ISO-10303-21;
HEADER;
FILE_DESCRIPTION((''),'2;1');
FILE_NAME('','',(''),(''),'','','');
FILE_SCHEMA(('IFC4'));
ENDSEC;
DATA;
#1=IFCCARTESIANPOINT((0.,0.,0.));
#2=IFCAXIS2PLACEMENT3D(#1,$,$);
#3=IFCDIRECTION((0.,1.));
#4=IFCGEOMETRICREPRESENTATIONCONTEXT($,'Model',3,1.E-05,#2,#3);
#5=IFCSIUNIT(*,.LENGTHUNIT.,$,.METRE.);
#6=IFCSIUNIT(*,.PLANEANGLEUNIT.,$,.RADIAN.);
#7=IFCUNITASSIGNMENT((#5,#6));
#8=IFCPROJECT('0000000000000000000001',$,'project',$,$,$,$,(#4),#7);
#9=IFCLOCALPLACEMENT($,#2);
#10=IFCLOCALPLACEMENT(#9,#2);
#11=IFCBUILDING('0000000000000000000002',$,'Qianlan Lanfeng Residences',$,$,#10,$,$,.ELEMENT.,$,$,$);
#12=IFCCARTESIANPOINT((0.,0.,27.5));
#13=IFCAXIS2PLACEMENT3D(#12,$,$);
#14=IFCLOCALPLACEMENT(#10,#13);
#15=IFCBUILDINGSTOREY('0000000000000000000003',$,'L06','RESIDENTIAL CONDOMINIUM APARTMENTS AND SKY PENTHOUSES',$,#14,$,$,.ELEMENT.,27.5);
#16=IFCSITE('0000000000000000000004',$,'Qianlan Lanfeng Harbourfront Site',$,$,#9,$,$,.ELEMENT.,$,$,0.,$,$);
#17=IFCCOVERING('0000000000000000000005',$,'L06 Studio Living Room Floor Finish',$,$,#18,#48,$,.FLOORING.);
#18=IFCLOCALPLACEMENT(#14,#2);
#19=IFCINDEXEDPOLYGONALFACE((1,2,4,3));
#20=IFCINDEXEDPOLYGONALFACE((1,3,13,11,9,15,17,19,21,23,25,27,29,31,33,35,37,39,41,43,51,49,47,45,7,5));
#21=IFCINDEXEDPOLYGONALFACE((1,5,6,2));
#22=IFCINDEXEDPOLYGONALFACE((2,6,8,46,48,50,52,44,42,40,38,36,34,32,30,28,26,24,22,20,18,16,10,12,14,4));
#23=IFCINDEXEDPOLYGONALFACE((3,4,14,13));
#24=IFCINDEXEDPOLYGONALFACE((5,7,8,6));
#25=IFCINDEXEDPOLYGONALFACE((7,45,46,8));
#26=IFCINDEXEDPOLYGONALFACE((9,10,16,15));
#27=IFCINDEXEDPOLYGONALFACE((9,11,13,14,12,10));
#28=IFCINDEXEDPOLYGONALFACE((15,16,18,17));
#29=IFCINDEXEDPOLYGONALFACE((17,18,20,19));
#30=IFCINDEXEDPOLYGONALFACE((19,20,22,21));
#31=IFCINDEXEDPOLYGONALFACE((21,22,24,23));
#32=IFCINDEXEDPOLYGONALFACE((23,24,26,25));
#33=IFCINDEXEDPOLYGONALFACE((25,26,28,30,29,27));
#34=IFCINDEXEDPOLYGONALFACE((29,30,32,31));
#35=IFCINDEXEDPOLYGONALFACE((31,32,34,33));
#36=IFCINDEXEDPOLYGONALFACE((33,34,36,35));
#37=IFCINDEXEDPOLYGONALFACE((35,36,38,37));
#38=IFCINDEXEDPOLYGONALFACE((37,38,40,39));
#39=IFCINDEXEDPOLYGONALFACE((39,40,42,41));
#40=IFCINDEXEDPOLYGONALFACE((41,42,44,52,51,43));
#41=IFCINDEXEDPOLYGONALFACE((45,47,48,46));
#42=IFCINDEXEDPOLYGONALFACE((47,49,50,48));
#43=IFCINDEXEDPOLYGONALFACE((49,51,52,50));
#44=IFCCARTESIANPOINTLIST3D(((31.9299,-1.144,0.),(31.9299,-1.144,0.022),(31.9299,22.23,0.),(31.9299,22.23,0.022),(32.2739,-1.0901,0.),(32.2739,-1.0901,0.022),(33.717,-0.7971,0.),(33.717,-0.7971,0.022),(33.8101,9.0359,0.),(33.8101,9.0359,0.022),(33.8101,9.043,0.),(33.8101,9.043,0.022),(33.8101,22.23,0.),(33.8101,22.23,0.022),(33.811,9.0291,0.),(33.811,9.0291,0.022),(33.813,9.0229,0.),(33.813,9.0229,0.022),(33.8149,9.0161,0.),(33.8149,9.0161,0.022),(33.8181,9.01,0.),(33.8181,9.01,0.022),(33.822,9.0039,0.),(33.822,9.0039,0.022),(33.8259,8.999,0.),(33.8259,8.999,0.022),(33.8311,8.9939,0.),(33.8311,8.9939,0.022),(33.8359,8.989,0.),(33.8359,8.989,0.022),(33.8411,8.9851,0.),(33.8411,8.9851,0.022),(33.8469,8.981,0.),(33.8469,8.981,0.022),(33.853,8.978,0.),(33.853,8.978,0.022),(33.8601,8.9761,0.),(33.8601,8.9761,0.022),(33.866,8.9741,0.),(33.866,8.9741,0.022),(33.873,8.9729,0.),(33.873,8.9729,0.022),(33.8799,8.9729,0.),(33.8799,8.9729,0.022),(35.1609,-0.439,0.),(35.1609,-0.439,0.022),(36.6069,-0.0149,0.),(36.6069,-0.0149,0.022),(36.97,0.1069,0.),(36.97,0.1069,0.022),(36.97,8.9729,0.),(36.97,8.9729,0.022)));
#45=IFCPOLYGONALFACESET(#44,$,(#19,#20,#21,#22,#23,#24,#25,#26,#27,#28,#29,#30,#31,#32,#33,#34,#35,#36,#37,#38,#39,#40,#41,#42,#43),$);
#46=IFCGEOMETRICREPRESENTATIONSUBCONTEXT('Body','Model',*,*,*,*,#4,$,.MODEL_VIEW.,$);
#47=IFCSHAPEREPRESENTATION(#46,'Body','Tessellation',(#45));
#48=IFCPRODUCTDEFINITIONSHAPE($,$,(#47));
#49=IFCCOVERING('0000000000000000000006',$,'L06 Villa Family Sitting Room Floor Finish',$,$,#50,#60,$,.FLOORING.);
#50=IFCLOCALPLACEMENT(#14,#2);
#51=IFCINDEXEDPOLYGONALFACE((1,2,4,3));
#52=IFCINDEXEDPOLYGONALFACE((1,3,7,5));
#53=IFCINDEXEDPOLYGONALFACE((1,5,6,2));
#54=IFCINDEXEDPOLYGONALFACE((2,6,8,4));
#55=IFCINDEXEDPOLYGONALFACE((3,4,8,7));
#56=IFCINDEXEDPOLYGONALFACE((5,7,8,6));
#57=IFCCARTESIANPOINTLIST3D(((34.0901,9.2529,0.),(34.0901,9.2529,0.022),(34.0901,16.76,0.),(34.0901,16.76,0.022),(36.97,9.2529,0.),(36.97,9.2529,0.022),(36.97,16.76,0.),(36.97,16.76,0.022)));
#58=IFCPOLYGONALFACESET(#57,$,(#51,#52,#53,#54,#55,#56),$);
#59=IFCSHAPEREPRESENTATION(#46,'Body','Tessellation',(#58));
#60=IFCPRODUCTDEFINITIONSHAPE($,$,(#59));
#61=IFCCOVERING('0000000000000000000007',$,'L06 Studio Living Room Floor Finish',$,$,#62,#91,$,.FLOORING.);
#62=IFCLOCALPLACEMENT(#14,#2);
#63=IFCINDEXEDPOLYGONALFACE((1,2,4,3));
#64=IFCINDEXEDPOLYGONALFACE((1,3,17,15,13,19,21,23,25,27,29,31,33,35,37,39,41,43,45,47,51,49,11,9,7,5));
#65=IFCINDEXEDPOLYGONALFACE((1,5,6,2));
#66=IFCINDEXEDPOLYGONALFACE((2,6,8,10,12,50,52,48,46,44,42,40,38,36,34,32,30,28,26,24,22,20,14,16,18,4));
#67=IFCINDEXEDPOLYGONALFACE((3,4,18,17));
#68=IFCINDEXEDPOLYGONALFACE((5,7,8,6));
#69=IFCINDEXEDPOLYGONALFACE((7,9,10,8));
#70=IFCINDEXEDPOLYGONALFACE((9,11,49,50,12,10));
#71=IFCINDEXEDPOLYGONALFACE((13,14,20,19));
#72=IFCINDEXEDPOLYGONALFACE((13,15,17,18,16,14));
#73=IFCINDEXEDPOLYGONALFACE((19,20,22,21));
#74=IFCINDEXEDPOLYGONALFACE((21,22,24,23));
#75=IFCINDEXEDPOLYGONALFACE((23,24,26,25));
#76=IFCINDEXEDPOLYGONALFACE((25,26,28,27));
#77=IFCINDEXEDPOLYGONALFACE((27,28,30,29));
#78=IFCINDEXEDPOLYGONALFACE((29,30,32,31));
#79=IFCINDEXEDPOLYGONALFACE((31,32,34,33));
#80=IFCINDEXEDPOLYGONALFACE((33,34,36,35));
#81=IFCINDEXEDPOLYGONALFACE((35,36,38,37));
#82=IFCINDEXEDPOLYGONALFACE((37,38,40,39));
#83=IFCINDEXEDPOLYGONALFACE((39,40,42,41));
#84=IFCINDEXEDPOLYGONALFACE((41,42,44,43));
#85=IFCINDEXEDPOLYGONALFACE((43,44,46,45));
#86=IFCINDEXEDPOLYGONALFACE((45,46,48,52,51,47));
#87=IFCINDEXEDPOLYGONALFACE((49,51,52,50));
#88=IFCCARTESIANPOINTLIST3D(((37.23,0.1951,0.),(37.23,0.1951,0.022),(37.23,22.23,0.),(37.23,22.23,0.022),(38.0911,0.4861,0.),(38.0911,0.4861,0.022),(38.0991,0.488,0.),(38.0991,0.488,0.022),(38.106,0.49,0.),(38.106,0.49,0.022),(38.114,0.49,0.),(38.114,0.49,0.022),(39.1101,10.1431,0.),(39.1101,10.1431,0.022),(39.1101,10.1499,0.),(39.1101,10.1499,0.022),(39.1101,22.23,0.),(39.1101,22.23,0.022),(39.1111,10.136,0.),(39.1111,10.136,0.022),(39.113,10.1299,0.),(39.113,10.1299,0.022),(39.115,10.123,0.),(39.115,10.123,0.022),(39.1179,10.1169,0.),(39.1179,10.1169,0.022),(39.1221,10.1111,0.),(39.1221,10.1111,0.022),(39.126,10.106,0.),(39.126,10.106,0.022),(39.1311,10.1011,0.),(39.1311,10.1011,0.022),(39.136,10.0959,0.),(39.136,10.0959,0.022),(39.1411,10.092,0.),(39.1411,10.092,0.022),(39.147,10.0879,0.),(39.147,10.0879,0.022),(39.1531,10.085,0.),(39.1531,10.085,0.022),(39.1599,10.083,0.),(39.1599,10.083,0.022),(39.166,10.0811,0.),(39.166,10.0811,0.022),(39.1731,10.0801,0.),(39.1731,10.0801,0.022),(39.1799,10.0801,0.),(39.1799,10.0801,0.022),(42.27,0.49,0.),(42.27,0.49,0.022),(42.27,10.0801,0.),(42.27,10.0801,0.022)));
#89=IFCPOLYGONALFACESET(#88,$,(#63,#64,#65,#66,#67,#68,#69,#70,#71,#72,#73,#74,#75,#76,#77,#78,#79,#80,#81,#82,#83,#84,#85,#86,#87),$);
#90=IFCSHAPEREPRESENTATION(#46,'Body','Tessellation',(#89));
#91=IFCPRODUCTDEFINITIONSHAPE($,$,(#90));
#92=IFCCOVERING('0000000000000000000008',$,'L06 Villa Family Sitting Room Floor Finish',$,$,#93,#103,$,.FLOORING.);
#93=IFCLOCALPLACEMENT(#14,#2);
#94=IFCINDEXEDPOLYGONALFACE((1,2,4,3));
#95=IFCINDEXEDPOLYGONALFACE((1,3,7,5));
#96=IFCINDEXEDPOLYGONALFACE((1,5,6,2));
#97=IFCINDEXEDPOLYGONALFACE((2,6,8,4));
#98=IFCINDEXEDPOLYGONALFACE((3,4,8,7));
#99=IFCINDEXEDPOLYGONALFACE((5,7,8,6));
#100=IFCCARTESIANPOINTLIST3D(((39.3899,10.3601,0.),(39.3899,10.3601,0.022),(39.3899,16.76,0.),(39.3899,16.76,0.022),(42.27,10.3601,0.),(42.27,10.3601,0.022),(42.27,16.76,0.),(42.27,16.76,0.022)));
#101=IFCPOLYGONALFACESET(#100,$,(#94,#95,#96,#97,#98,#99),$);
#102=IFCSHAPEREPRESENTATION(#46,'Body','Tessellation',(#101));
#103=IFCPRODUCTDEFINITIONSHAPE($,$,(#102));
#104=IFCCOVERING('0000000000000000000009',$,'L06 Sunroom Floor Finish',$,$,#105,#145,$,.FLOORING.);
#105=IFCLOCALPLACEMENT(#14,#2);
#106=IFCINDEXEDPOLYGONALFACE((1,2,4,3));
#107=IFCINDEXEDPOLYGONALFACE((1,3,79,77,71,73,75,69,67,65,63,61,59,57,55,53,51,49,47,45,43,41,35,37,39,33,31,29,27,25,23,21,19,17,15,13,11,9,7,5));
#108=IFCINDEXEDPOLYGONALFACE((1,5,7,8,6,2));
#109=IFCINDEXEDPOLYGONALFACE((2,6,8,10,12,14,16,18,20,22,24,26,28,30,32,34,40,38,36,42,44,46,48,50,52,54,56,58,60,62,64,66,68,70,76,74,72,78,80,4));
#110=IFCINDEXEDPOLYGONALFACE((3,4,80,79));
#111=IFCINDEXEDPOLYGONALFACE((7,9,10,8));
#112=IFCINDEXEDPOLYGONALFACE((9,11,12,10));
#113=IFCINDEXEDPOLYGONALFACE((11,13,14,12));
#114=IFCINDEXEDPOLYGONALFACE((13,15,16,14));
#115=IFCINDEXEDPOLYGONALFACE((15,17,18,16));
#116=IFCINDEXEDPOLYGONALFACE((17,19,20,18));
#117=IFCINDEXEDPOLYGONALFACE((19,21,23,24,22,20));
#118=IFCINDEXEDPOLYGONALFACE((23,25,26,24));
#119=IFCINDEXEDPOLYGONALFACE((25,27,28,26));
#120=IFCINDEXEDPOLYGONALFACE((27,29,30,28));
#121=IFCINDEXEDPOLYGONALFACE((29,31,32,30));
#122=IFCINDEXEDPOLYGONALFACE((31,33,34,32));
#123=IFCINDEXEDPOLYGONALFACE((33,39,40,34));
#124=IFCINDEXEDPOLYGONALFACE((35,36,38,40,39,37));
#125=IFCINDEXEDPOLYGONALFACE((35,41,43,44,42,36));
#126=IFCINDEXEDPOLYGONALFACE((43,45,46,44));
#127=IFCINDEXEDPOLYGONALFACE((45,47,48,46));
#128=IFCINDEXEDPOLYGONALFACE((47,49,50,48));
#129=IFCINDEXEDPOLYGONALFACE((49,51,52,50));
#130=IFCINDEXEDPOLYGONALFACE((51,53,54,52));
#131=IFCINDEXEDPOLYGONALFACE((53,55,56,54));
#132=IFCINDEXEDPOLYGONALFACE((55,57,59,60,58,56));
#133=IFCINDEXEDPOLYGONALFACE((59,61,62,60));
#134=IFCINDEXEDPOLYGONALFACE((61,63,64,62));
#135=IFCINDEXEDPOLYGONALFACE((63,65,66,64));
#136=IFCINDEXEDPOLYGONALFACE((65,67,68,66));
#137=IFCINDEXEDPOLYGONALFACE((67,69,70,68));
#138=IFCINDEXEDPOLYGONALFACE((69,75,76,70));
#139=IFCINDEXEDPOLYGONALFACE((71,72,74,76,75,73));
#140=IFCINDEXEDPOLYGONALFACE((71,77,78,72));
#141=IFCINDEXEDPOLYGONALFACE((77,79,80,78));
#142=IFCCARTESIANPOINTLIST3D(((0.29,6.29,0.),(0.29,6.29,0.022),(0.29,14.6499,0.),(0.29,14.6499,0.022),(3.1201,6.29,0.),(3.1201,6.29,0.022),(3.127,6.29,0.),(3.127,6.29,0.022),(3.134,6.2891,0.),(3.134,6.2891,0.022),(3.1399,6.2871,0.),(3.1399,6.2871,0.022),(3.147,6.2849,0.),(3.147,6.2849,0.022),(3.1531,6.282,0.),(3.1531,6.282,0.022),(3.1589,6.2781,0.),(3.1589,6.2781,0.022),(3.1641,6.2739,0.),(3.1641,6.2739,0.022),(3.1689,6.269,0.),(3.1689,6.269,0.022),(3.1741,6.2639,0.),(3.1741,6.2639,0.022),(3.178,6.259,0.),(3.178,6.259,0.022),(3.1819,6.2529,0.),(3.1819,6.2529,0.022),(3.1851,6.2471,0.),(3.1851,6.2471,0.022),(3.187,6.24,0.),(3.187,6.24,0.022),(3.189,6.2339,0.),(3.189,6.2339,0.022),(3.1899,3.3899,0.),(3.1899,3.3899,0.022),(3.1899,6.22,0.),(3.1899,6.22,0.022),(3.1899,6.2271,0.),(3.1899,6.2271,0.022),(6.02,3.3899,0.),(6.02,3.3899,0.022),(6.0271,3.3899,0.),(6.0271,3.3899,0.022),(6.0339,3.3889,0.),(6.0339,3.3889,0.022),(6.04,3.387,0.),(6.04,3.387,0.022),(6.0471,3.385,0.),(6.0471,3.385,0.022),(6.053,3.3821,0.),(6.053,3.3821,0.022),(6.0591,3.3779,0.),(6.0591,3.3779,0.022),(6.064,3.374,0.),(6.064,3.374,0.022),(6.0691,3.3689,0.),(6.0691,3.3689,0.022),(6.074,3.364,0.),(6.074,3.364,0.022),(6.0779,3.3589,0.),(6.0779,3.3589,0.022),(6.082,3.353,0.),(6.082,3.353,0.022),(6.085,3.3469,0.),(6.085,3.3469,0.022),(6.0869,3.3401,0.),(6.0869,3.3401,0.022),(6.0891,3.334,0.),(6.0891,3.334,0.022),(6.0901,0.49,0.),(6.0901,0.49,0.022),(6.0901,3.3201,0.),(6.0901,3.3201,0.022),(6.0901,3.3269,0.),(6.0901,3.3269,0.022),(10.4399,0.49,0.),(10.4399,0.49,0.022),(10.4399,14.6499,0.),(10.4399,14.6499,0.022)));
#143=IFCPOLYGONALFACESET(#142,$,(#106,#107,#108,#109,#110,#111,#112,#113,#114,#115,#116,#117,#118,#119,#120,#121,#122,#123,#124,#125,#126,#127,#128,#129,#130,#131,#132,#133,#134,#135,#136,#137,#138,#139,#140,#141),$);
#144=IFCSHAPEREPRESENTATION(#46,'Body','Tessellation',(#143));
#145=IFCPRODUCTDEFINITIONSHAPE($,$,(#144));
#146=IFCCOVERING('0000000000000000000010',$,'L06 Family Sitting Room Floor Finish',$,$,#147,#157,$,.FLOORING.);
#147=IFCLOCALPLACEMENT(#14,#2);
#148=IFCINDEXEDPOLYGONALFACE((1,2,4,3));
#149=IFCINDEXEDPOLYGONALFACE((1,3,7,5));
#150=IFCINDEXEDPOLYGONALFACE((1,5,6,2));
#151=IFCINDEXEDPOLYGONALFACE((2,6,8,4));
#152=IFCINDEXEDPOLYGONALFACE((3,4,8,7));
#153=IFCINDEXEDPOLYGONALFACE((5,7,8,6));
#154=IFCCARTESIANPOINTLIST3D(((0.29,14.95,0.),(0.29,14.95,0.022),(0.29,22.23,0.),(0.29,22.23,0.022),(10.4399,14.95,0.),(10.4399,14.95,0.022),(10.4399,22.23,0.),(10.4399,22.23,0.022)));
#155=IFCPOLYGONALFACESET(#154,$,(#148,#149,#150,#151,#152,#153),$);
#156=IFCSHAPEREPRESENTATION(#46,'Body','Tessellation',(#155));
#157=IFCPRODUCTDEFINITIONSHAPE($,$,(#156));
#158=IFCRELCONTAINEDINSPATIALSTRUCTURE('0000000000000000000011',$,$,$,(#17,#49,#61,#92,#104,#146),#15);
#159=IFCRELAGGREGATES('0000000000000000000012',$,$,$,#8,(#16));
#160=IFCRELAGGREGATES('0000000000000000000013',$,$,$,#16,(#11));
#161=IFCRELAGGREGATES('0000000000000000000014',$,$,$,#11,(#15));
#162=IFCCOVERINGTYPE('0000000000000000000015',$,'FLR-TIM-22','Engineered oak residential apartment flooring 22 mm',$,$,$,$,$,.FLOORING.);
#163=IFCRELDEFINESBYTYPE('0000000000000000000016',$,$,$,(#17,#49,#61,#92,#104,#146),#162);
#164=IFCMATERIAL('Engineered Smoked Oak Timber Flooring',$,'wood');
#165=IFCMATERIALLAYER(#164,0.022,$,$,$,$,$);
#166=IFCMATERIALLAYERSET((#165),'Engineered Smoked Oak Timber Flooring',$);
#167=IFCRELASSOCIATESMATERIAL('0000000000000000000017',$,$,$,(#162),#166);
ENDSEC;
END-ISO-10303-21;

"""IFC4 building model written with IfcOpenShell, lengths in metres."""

from ifc_helpers import new_model, si_unit, direction, frame, origin, place, context, subcontext, project, spatial, polyline, outline, extrude, material, layer, layer_set, type_object, element, save


model = new_model("IFC4")

# Units and contexts
model_context = context("Model", 3, precision=1e-05, world=origin(), true_north=direction((0.0, 1.0)))
body_context = subcontext(model_context, "Body", "Model", "MODEL_VIEW")
ifc_project = project(units=[si_unit("LENGTHUNIT", "METRE"), si_unit("PLANEANGLEUNIT", "RADIAN")], contexts=[model_context])

# Site, building, storey
site_placement = place(None, origin())
site = spatial("IfcSite", under=ifc_project, at=site_placement, Name="Qianlan Lanfeng Harbourfront Site", CompositionType="ELEMENT", RefElevation=0.0)
building_placement = place(site_placement, origin())
building = spatial("IfcBuilding", under=site, at=building_placement, Name="Qianlan Lanfeng Residences", CompositionType="ELEMENT")
storey_placement = place(building_placement, frame((0.0, 0.0, 27.5)))
storey = spatial("IfcBuildingStorey", under=building, at=storey_placement, Name="L06", Description="RESIDENTIAL CONDOMINIUM APARTMENTS AND SKY PENTHOUSES", CompositionType="ELEMENT", Elevation=27.5)

# Coverings
ifc_material_1 = material(Name="Engineered Smoked Oak Timber Flooring", Category="wood")
ifc_layer_1 = layer(ifc_material_1, 0.022)
ifc_layer_set_1 = layer_set([ifc_layer_1], Name="Engineered Smoked Oak Timber Flooring")
covering_type_1 = type_object("IfcCoveringType", Name="FLR-TIM-22", Description="Engineered oak residential apartment flooring 22 mm", PredefinedType="FLOORING", material=ifc_layer_set_1)
covering_1_placement = place(storey_placement, origin())
element("IfcCovering", 1, at=covering_1_placement, inside=storey, type_object=covering_type_1, Name="L06 Studio Living Room Floor Finish", PredefinedType="FLOORING", context=body_context, shape_type="SweptSolid", body=[
    extrude(outline(polyline([(36.97, 0.1069), (36.97, 8.9729), (33.8799, 8.9729), (33.873, 8.9729), (33.866, 8.9741), (33.8601, 8.9761), (33.853, 8.978), (33.8469, 8.981), (33.8411, 8.9851), (33.8359, 8.989), (33.8311, 8.9939), (33.8259, 8.999), (33.822, 9.0039), (33.8181, 9.01), (33.8149, 9.0161), (33.813, 9.0229), (33.811, 9.0291), (33.8101, 9.0359), (33.8101, 9.043), (33.8101, 22.23), (31.9299, 22.23), (31.9299, -1.144), (32.2739, -1.0901), (33.717, -0.7971), (35.1609, -0.439), (36.6069, -0.0149), (36.97, 0.1069)])), origin(), (0.0, 0.0, 1.0), 0.022),
])
covering_2_placement = place(storey_placement, origin())
element("IfcCovering", 2, at=covering_2_placement, inside=storey, type_object=covering_type_1, Name="L06 Villa Family Sitting Room Floor Finish", PredefinedType="FLOORING", context=body_context, shape_type="SweptSolid", body=[
    extrude(outline(polyline([(34.0901, 16.76), (34.0901, 9.2529), (36.97, 9.2529), (36.97, 16.76), (34.0901, 16.76)])), origin(), (0.0, 0.0, 1.0), 0.022),
])
covering_3_placement = place(storey_placement, origin())
element("IfcCovering", 3, at=covering_3_placement, inside=storey, type_object=covering_type_1, Name="L06 Studio Living Room Floor Finish", PredefinedType="FLOORING", context=body_context, shape_type="SweptSolid", body=[
    extrude(outline(polyline([(42.27, 0.49), (42.27, 10.0801), (39.1799, 10.0801), (39.1731, 10.0801), (39.166, 10.0811), (39.1599, 10.083), (39.1531, 10.085), (39.147, 10.0879), (39.1411, 10.092), (39.136, 10.0959), (39.1311, 10.1011), (39.126, 10.106), (39.1221, 10.1111), (39.1179, 10.1169), (39.115, 10.123), (39.113, 10.1299), (39.1111, 10.136), (39.1101, 10.1431), (39.1101, 10.1499), (39.1101, 22.23), (37.23, 22.23), (37.23, 0.1951), (38.0911, 0.4861), (38.0991, 0.488), (38.106, 0.49), (38.114, 0.49), (42.27, 0.49)])), origin(), (0.0, 0.0, 1.0), 0.022),
])
covering_4_placement = place(storey_placement, origin())
element("IfcCovering", 4, at=covering_4_placement, inside=storey, type_object=covering_type_1, Name="L06 Villa Family Sitting Room Floor Finish", PredefinedType="FLOORING", context=body_context, shape_type="SweptSolid", body=[
    extrude(outline(polyline([(39.3899, 16.76), (39.3899, 10.3601), (42.27, 10.3601), (42.27, 16.76), (39.3899, 16.76)])), origin(), (0.0, 0.0, 1.0), 0.022),
])
covering_5_placement = place(storey_placement, origin())
element("IfcCovering", 5, at=covering_5_placement, inside=storey, type_object=covering_type_1, Name="L06 Sunroom Floor Finish", PredefinedType="FLOORING", context=body_context, shape_type="SweptSolid", body=[
    extrude(outline(polyline([(10.4399, 14.6499), (0.29, 14.6499), (0.29, 6.29), (3.1201, 6.29), (3.127, 6.29), (3.134, 6.2891), (3.1399, 6.2871), (3.147, 6.2849), (3.1531, 6.282), (3.1589, 6.2781), (3.1641, 6.2739), (3.1689, 6.269), (3.1741, 6.2639), (3.178, 6.259), (3.1819, 6.2529), (3.1851, 6.2471), (3.187, 6.24), (3.189, 6.2339), (3.1899, 6.2271), (3.1899, 6.22), (3.1899, 3.3899), (6.02, 3.3899), (6.0271, 3.3899), (6.0339, 3.3889), (6.04, 3.387), (6.0471, 3.385), (6.053, 3.3821), (6.0591, 3.3779), (6.064, 3.374), (6.0691, 3.3689), (6.074, 3.364), (6.0779, 3.3589), (6.082, 3.353), (6.085, 3.3469), (6.0869, 3.3401), (6.0891, 3.334), (6.0901, 3.3269), (6.0901, 3.3201), (6.0901, 0.49), (10.4399, 0.49), (10.4399, 14.6499)])), origin(), (0.0, 0.0, 1.0), 0.022),
])
covering_6_placement = place(storey_placement, origin())
element("IfcCovering", 6, at=covering_6_placement, inside=storey, type_object=covering_type_1, Name="L06 Family Sitting Room Floor Finish", PredefinedType="FLOORING", context=body_context, shape_type="SweptSolid", body=[
    extrude(outline(polyline([(10.4399, 22.23), (0.29, 22.23), (0.29, 14.95), (10.4399, 14.95), (10.4399, 22.23)])), origin(), (0.0, 0.0, 1.0), 0.022),
])

save(model, "model.ifc")
